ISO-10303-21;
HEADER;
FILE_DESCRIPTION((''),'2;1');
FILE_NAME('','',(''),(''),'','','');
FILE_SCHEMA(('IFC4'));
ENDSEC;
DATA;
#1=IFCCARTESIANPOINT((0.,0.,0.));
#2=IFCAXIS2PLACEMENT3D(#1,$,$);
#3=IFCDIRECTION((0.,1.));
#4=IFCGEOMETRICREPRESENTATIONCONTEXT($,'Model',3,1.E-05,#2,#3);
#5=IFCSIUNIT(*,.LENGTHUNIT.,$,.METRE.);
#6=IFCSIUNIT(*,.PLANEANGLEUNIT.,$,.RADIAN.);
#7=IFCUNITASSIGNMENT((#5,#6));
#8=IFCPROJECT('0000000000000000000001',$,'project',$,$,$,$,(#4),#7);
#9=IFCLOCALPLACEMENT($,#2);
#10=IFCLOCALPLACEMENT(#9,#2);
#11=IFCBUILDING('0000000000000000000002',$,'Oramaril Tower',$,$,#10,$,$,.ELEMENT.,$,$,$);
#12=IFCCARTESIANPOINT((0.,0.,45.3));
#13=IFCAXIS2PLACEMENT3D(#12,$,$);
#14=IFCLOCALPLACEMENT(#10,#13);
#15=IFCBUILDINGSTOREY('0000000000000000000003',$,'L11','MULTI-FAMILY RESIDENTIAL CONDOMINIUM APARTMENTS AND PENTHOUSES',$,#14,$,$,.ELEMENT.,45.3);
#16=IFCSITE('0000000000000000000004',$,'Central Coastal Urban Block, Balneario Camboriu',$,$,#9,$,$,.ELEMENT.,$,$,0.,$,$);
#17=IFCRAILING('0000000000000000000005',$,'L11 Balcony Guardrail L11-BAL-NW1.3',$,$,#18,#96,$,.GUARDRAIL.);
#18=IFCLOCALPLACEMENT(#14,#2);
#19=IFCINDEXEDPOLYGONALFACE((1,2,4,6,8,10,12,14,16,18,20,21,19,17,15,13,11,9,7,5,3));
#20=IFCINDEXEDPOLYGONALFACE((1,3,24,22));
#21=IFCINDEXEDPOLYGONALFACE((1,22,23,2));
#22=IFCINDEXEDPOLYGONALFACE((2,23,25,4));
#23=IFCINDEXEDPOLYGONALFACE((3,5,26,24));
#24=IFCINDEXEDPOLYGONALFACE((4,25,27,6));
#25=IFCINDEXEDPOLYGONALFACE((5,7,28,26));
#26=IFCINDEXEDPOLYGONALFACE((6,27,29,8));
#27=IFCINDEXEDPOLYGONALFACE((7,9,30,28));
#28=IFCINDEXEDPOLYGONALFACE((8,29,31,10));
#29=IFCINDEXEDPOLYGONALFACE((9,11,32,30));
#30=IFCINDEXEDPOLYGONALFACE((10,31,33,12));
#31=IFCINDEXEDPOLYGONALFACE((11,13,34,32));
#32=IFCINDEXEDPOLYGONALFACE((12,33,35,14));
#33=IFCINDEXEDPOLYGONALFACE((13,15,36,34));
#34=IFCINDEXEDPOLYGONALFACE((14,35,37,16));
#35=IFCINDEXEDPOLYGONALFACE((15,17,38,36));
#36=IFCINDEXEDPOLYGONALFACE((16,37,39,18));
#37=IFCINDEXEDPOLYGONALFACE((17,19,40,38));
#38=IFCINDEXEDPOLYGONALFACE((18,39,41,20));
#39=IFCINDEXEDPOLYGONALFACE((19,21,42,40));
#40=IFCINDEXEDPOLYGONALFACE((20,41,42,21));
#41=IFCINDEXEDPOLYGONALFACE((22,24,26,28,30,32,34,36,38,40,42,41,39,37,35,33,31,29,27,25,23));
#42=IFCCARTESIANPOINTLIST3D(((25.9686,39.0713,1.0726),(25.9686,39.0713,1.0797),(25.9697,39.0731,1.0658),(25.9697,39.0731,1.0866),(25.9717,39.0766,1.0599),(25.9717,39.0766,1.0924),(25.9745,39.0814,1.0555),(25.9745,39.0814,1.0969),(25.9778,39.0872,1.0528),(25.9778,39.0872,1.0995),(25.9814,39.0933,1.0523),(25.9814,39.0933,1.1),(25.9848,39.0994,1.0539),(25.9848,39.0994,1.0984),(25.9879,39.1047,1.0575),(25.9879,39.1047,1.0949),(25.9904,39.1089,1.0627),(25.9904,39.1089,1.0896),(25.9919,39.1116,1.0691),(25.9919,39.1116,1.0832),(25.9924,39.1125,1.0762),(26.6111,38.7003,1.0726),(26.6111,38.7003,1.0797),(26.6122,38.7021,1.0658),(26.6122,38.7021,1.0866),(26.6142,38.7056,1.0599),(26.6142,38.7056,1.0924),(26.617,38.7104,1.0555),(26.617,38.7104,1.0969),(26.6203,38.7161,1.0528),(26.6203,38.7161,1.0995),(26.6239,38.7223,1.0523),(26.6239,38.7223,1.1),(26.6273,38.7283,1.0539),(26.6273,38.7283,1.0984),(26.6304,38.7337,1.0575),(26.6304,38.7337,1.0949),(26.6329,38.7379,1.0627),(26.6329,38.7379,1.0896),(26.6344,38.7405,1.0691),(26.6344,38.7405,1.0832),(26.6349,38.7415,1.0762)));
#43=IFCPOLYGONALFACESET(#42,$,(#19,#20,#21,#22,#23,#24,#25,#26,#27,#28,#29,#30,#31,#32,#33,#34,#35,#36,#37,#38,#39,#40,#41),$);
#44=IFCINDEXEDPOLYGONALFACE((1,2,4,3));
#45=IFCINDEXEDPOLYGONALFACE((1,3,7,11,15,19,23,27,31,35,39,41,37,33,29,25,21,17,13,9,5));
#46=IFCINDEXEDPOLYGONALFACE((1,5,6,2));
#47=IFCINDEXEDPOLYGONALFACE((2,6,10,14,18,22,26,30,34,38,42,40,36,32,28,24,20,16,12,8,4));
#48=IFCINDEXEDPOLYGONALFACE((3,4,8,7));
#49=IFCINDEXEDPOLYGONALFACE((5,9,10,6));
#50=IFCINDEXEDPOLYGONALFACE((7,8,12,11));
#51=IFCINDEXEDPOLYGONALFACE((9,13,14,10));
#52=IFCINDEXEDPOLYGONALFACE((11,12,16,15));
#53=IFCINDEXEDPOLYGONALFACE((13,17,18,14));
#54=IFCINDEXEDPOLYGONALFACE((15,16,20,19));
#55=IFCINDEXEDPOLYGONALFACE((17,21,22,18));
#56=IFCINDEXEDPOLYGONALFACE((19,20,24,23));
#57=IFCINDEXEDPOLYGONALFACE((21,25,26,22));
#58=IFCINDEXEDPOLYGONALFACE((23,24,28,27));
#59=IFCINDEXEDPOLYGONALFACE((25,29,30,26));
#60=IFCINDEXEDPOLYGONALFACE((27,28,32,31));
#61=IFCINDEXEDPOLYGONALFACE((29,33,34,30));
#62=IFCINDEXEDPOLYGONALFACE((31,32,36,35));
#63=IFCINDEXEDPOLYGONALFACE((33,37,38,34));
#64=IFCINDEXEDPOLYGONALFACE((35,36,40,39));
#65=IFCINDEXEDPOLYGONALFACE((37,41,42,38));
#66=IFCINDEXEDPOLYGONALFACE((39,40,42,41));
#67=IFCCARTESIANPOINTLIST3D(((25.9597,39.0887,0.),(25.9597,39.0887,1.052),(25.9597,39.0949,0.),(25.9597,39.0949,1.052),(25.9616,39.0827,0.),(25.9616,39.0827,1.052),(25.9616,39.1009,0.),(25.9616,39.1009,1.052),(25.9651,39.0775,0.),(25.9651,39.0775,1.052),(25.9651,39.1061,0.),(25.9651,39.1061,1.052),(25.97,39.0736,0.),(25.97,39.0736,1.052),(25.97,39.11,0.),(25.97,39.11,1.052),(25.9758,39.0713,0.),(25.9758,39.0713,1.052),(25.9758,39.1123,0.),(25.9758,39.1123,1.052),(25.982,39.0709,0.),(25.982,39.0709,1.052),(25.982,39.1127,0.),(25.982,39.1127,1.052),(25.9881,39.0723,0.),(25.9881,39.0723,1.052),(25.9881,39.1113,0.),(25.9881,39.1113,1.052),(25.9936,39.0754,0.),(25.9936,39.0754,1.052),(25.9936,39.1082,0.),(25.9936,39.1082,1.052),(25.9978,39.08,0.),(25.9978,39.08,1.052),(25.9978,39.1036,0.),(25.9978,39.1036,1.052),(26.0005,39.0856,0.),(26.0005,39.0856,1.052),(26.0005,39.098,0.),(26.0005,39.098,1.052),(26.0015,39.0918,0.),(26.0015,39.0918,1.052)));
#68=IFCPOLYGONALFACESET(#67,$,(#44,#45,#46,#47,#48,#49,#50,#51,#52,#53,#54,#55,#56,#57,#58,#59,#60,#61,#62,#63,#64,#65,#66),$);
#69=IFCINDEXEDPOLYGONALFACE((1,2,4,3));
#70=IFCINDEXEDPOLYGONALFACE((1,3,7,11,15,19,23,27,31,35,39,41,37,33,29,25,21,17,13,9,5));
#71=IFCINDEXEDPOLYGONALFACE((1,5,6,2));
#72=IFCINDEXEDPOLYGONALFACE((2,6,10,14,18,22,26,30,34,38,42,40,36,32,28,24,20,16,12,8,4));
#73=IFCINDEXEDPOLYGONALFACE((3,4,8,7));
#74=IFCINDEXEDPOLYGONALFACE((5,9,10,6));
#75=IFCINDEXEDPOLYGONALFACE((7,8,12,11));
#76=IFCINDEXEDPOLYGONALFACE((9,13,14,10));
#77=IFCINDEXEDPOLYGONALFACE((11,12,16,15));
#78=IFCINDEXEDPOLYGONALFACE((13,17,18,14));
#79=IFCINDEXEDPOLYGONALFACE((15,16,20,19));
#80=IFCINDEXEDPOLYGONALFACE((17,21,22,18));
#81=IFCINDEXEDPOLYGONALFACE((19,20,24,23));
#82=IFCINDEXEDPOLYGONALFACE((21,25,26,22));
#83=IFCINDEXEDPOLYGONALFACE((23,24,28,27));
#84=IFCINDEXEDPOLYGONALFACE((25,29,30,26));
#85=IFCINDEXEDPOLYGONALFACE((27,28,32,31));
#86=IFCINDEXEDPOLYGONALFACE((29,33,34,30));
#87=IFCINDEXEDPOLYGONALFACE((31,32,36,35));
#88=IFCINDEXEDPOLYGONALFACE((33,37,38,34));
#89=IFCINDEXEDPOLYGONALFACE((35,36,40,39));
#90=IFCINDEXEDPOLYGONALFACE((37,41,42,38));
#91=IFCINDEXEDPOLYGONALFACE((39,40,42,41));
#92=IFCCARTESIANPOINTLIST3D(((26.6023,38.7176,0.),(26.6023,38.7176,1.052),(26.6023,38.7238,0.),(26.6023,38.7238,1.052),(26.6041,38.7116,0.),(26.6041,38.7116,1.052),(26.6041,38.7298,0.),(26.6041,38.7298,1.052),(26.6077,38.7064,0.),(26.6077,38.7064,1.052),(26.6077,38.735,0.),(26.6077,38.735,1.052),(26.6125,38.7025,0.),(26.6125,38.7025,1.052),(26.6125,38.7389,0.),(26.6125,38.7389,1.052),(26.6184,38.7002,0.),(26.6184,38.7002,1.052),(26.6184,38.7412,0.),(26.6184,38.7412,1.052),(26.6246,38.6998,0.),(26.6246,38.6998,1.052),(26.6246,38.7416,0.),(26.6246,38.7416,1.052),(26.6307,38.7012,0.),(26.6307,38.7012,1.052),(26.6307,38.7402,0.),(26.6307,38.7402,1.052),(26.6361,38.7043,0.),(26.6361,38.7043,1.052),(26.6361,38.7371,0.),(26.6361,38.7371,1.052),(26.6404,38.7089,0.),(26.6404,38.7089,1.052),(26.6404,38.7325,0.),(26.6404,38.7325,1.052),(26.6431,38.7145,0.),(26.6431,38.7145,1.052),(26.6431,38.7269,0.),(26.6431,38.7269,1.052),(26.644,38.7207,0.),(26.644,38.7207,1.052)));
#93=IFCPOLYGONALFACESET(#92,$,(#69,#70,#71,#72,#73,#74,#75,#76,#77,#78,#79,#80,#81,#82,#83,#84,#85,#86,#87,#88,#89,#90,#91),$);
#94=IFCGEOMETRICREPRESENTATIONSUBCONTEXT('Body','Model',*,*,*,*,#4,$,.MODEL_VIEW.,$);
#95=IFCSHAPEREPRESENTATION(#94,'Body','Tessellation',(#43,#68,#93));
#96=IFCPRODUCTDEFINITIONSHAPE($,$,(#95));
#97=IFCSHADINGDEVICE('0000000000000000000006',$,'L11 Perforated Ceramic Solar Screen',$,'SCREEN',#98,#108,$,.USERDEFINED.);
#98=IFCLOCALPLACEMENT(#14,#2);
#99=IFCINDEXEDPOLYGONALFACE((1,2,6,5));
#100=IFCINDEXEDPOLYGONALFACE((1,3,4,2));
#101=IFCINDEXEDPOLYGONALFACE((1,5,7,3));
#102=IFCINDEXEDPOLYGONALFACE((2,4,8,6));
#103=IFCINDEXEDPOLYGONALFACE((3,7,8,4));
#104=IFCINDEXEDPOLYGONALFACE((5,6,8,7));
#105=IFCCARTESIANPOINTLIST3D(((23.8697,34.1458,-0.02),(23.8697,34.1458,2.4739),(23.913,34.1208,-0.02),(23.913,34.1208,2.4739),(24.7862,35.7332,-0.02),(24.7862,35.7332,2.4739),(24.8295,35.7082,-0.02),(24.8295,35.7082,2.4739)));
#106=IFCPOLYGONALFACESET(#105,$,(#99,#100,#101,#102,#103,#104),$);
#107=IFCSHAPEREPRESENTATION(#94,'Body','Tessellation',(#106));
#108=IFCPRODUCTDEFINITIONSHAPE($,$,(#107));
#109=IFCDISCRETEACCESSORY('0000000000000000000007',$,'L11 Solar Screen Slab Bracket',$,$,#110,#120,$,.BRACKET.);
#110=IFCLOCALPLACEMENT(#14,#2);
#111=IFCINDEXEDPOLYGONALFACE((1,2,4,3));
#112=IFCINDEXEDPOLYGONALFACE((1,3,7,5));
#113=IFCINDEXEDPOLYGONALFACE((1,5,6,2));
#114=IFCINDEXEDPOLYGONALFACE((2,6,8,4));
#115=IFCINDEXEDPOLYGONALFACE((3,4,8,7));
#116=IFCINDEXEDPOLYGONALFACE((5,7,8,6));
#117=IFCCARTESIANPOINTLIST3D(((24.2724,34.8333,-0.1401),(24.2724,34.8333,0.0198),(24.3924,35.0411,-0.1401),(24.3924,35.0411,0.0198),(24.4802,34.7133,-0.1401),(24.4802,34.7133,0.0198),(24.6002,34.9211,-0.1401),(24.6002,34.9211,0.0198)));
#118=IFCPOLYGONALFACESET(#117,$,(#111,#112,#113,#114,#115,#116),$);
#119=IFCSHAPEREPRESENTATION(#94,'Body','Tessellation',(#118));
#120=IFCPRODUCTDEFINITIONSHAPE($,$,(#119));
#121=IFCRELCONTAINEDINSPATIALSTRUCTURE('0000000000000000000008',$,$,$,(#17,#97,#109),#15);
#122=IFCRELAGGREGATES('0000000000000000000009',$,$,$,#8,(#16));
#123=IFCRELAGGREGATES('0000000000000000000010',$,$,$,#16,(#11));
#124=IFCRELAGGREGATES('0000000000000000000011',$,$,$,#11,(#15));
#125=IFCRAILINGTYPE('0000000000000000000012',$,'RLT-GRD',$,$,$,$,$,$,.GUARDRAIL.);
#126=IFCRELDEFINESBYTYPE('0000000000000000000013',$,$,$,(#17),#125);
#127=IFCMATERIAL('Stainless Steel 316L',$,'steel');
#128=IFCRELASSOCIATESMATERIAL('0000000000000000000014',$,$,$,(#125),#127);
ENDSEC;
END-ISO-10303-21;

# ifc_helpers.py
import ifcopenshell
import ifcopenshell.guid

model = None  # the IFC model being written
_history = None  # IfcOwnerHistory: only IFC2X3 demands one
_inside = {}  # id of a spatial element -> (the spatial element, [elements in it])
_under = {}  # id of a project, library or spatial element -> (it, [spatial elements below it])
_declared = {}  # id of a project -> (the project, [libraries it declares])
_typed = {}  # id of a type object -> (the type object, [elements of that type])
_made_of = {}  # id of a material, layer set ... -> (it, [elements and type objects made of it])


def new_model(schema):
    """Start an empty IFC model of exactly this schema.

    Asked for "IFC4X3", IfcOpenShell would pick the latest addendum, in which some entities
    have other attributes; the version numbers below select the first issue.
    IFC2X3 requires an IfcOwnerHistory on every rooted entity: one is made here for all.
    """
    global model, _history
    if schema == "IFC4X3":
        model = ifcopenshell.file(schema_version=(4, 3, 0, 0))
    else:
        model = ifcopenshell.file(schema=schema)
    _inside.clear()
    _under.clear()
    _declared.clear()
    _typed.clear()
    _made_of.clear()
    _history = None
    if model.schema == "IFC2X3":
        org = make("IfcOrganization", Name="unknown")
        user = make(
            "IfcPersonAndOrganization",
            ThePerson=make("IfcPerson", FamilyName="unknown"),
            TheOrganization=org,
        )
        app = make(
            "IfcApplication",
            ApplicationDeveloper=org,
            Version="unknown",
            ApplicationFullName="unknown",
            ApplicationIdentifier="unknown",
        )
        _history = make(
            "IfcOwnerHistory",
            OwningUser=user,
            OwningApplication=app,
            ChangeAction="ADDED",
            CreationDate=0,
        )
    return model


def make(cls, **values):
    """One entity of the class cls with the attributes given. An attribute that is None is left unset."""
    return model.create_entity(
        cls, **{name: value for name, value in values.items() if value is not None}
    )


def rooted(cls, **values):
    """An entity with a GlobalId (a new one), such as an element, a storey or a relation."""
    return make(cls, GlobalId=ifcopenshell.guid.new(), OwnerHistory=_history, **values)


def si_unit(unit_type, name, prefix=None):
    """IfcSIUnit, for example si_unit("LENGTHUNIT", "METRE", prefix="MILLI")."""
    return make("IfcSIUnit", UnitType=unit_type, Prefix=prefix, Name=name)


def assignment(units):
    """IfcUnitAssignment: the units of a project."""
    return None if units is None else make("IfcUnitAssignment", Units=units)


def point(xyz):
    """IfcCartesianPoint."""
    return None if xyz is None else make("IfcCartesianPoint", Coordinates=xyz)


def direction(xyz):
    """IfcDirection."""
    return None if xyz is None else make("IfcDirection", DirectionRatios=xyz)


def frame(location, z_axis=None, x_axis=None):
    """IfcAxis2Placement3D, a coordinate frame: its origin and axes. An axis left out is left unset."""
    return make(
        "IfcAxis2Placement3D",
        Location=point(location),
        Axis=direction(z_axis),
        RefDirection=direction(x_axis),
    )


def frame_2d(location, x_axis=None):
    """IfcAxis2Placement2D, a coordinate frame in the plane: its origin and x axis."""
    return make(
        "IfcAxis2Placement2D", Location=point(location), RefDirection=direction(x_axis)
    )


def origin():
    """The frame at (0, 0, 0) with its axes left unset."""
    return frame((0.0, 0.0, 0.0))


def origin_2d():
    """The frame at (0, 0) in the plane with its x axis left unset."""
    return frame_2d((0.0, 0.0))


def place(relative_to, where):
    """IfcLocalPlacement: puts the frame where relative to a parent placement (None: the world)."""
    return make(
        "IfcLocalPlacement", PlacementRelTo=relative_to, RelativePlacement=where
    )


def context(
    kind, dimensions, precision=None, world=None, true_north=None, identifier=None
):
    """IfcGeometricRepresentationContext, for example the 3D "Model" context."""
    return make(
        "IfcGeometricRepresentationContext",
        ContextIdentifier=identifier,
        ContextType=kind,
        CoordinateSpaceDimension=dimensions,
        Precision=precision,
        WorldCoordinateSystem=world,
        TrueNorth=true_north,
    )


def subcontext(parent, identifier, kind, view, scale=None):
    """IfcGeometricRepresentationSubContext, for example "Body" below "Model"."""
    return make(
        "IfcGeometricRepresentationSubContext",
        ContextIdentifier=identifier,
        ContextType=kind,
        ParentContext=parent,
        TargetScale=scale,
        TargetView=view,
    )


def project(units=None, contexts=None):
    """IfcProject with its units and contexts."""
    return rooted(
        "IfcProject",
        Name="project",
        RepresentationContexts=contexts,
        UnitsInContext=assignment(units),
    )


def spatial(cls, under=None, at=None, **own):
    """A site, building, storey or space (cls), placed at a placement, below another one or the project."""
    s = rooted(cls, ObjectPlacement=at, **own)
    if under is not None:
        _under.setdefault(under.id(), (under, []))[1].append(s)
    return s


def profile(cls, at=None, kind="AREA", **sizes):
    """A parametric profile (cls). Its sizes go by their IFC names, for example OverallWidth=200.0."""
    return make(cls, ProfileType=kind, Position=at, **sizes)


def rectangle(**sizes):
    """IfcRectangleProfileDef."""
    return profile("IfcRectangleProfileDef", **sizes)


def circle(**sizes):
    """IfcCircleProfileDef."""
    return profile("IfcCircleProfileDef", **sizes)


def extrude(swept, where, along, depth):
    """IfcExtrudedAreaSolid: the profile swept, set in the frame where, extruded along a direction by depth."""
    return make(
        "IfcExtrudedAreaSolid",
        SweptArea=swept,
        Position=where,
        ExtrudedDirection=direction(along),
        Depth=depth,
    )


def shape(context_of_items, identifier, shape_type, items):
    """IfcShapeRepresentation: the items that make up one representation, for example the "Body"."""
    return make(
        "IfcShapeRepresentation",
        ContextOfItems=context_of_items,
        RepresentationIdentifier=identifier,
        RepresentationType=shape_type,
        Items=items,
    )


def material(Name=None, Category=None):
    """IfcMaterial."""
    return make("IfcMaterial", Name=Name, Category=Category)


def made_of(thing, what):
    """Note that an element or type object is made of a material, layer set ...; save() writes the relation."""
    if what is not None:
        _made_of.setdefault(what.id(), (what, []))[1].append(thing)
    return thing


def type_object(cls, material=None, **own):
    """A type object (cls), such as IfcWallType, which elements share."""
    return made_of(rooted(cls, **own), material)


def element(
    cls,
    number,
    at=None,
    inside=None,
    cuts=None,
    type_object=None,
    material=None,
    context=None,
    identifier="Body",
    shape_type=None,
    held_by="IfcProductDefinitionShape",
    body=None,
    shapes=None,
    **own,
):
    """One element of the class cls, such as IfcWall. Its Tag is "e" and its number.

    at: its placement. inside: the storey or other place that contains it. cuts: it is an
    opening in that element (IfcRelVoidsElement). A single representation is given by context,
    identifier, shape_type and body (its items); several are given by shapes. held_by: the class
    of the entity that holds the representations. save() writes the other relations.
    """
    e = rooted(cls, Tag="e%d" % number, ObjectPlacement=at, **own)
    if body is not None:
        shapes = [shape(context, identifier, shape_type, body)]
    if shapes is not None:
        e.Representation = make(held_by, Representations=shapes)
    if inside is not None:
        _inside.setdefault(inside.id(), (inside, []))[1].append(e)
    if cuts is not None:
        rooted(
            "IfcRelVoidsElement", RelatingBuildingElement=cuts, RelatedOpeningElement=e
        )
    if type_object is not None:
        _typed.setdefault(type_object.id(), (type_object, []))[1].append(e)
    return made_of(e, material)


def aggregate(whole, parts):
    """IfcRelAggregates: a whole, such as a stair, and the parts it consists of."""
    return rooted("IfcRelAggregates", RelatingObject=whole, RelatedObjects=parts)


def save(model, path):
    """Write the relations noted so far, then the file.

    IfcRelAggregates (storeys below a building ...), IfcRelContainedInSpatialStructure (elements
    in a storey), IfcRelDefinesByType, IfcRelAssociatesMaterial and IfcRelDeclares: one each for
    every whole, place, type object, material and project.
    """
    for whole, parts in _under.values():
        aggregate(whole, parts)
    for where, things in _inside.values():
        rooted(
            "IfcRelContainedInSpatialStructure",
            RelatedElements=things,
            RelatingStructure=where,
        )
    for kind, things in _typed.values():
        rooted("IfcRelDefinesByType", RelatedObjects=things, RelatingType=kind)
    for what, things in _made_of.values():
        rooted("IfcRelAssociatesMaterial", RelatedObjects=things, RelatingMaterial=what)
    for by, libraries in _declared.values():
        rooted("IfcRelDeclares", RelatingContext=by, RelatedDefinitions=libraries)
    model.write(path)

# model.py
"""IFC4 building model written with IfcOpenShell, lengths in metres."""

from ifc_helpers import new_model, si_unit, direction, frame, origin, origin_2d, place, context, subcontext, project, spatial, rectangle, circle, extrude, material, type_object, element, save


model = new_model("IFC4")

# Units and contexts
model_context = context("Model", 3, precision=1e-05, world=origin(), true_north=direction((0.0, 1.0)))
body_context = subcontext(model_context, "Body", "Model", "MODEL_VIEW")
ifc_project = project(units=[si_unit("LENGTHUNIT", "METRE"), si_unit("PLANEANGLEUNIT", "RADIAN")], contexts=[model_context])

# Site, building, storey
site_placement = place(None, origin())
site = spatial("IfcSite", under=ifc_project, at=site_placement, Name="Central Coastal Urban Block, Balneario Camboriu", CompositionType="ELEMENT", RefElevation=0.0)
building_placement = place(site_placement, origin())
building = spatial("IfcBuilding", under=site, at=building_placement, Name="Oramaril Tower", CompositionType="ELEMENT")
storey_placement = place(building_placement, frame((0.0, 0.0, 45.3)))
storey = spatial("IfcBuildingStorey", under=building, at=storey_placement, Name="L11", Description="MULTI-FAMILY RESIDENTIAL CONDOMINIUM APARTMENTS AND PENTHOUSES", CompositionType="ELEMENT", Elevation=45.3)

# Railing
ifc_material_1 = material(Name="Stainless Steel 316L", Category="steel")
railing_type = type_object("IfcRailingType", Name="RLT-GRD", PredefinedType="GUARDRAIL", material=ifc_material_1)
railing_1_placement = place(storey_placement, frame((25.9805, 39.0918, 0.0)))
element("IfcRailing", 1, at=railing_1_placement, inside=storey, type_object=railing_type, Name="L11 Balcony Guardrail L11-BAL-NW1.3", PredefinedType="GUARDRAIL", context=body_context, shape_type="SweptSolid", body=[
    extrude(circle(Radius=0.0239, at=origin_2d()), frame((0.0, 0.0, 1.0762), z_axis=(0.865966, -0.500102, 0.0), x_axis=(0.500102, 0.865966, 0.0)), (0.0, 0.0, 1.0), 0.7419),
    extrude(circle(Radius=0.021, at=origin_2d()), origin(), (0.0, 0.0, 1.0), 1.052),
    extrude(circle(Radius=0.021, at=origin_2d()), frame((0.6426, -0.3711, 0.0)), (0.0, 0.0, 1.0), 1.052),
])

# Shading device
shading_device_placement = place(storey_placement, frame((24.3496, 34.927, -0.02), z_axis=(0.0, 0.0, 1.0), x_axis=(-0.500002, -0.866025, 0.0)))
element("IfcShadingDevice", 2, at=shading_device_placement, inside=storey, Name="L11 Perforated Ceramic Solar Screen", ObjectType="SCREEN", PredefinedType="USERDEFINED", context=body_context, shape_type="SweptSolid", body=[
    extrude(rectangle(XDim=1.833, YDim=0.05, at=origin_2d()), origin(), (0.0, 0.0, 1.0), 2.4939),
])

# Discrete accessory
discrete_accessory_placement = place(storey_placement, frame((24.4363, 34.8772, -0.1401), z_axis=(0.0, 0.0, 1.0), x_axis=(-0.500002, -0.866025, 0.0)))
element("IfcDiscreteAccessory", 3, at=discrete_accessory_placement, inside=storey, Name="L11 Solar Screen Slab Bracket", PredefinedType="BRACKET", context=body_context, shape_type="SweptSolid", body=[
    extrude(rectangle(XDim=0.24, YDim=0.24, at=origin_2d()), origin(), (0.0, 0.0, 1.0), 0.1599),
])

save(model, "model.ifc")
